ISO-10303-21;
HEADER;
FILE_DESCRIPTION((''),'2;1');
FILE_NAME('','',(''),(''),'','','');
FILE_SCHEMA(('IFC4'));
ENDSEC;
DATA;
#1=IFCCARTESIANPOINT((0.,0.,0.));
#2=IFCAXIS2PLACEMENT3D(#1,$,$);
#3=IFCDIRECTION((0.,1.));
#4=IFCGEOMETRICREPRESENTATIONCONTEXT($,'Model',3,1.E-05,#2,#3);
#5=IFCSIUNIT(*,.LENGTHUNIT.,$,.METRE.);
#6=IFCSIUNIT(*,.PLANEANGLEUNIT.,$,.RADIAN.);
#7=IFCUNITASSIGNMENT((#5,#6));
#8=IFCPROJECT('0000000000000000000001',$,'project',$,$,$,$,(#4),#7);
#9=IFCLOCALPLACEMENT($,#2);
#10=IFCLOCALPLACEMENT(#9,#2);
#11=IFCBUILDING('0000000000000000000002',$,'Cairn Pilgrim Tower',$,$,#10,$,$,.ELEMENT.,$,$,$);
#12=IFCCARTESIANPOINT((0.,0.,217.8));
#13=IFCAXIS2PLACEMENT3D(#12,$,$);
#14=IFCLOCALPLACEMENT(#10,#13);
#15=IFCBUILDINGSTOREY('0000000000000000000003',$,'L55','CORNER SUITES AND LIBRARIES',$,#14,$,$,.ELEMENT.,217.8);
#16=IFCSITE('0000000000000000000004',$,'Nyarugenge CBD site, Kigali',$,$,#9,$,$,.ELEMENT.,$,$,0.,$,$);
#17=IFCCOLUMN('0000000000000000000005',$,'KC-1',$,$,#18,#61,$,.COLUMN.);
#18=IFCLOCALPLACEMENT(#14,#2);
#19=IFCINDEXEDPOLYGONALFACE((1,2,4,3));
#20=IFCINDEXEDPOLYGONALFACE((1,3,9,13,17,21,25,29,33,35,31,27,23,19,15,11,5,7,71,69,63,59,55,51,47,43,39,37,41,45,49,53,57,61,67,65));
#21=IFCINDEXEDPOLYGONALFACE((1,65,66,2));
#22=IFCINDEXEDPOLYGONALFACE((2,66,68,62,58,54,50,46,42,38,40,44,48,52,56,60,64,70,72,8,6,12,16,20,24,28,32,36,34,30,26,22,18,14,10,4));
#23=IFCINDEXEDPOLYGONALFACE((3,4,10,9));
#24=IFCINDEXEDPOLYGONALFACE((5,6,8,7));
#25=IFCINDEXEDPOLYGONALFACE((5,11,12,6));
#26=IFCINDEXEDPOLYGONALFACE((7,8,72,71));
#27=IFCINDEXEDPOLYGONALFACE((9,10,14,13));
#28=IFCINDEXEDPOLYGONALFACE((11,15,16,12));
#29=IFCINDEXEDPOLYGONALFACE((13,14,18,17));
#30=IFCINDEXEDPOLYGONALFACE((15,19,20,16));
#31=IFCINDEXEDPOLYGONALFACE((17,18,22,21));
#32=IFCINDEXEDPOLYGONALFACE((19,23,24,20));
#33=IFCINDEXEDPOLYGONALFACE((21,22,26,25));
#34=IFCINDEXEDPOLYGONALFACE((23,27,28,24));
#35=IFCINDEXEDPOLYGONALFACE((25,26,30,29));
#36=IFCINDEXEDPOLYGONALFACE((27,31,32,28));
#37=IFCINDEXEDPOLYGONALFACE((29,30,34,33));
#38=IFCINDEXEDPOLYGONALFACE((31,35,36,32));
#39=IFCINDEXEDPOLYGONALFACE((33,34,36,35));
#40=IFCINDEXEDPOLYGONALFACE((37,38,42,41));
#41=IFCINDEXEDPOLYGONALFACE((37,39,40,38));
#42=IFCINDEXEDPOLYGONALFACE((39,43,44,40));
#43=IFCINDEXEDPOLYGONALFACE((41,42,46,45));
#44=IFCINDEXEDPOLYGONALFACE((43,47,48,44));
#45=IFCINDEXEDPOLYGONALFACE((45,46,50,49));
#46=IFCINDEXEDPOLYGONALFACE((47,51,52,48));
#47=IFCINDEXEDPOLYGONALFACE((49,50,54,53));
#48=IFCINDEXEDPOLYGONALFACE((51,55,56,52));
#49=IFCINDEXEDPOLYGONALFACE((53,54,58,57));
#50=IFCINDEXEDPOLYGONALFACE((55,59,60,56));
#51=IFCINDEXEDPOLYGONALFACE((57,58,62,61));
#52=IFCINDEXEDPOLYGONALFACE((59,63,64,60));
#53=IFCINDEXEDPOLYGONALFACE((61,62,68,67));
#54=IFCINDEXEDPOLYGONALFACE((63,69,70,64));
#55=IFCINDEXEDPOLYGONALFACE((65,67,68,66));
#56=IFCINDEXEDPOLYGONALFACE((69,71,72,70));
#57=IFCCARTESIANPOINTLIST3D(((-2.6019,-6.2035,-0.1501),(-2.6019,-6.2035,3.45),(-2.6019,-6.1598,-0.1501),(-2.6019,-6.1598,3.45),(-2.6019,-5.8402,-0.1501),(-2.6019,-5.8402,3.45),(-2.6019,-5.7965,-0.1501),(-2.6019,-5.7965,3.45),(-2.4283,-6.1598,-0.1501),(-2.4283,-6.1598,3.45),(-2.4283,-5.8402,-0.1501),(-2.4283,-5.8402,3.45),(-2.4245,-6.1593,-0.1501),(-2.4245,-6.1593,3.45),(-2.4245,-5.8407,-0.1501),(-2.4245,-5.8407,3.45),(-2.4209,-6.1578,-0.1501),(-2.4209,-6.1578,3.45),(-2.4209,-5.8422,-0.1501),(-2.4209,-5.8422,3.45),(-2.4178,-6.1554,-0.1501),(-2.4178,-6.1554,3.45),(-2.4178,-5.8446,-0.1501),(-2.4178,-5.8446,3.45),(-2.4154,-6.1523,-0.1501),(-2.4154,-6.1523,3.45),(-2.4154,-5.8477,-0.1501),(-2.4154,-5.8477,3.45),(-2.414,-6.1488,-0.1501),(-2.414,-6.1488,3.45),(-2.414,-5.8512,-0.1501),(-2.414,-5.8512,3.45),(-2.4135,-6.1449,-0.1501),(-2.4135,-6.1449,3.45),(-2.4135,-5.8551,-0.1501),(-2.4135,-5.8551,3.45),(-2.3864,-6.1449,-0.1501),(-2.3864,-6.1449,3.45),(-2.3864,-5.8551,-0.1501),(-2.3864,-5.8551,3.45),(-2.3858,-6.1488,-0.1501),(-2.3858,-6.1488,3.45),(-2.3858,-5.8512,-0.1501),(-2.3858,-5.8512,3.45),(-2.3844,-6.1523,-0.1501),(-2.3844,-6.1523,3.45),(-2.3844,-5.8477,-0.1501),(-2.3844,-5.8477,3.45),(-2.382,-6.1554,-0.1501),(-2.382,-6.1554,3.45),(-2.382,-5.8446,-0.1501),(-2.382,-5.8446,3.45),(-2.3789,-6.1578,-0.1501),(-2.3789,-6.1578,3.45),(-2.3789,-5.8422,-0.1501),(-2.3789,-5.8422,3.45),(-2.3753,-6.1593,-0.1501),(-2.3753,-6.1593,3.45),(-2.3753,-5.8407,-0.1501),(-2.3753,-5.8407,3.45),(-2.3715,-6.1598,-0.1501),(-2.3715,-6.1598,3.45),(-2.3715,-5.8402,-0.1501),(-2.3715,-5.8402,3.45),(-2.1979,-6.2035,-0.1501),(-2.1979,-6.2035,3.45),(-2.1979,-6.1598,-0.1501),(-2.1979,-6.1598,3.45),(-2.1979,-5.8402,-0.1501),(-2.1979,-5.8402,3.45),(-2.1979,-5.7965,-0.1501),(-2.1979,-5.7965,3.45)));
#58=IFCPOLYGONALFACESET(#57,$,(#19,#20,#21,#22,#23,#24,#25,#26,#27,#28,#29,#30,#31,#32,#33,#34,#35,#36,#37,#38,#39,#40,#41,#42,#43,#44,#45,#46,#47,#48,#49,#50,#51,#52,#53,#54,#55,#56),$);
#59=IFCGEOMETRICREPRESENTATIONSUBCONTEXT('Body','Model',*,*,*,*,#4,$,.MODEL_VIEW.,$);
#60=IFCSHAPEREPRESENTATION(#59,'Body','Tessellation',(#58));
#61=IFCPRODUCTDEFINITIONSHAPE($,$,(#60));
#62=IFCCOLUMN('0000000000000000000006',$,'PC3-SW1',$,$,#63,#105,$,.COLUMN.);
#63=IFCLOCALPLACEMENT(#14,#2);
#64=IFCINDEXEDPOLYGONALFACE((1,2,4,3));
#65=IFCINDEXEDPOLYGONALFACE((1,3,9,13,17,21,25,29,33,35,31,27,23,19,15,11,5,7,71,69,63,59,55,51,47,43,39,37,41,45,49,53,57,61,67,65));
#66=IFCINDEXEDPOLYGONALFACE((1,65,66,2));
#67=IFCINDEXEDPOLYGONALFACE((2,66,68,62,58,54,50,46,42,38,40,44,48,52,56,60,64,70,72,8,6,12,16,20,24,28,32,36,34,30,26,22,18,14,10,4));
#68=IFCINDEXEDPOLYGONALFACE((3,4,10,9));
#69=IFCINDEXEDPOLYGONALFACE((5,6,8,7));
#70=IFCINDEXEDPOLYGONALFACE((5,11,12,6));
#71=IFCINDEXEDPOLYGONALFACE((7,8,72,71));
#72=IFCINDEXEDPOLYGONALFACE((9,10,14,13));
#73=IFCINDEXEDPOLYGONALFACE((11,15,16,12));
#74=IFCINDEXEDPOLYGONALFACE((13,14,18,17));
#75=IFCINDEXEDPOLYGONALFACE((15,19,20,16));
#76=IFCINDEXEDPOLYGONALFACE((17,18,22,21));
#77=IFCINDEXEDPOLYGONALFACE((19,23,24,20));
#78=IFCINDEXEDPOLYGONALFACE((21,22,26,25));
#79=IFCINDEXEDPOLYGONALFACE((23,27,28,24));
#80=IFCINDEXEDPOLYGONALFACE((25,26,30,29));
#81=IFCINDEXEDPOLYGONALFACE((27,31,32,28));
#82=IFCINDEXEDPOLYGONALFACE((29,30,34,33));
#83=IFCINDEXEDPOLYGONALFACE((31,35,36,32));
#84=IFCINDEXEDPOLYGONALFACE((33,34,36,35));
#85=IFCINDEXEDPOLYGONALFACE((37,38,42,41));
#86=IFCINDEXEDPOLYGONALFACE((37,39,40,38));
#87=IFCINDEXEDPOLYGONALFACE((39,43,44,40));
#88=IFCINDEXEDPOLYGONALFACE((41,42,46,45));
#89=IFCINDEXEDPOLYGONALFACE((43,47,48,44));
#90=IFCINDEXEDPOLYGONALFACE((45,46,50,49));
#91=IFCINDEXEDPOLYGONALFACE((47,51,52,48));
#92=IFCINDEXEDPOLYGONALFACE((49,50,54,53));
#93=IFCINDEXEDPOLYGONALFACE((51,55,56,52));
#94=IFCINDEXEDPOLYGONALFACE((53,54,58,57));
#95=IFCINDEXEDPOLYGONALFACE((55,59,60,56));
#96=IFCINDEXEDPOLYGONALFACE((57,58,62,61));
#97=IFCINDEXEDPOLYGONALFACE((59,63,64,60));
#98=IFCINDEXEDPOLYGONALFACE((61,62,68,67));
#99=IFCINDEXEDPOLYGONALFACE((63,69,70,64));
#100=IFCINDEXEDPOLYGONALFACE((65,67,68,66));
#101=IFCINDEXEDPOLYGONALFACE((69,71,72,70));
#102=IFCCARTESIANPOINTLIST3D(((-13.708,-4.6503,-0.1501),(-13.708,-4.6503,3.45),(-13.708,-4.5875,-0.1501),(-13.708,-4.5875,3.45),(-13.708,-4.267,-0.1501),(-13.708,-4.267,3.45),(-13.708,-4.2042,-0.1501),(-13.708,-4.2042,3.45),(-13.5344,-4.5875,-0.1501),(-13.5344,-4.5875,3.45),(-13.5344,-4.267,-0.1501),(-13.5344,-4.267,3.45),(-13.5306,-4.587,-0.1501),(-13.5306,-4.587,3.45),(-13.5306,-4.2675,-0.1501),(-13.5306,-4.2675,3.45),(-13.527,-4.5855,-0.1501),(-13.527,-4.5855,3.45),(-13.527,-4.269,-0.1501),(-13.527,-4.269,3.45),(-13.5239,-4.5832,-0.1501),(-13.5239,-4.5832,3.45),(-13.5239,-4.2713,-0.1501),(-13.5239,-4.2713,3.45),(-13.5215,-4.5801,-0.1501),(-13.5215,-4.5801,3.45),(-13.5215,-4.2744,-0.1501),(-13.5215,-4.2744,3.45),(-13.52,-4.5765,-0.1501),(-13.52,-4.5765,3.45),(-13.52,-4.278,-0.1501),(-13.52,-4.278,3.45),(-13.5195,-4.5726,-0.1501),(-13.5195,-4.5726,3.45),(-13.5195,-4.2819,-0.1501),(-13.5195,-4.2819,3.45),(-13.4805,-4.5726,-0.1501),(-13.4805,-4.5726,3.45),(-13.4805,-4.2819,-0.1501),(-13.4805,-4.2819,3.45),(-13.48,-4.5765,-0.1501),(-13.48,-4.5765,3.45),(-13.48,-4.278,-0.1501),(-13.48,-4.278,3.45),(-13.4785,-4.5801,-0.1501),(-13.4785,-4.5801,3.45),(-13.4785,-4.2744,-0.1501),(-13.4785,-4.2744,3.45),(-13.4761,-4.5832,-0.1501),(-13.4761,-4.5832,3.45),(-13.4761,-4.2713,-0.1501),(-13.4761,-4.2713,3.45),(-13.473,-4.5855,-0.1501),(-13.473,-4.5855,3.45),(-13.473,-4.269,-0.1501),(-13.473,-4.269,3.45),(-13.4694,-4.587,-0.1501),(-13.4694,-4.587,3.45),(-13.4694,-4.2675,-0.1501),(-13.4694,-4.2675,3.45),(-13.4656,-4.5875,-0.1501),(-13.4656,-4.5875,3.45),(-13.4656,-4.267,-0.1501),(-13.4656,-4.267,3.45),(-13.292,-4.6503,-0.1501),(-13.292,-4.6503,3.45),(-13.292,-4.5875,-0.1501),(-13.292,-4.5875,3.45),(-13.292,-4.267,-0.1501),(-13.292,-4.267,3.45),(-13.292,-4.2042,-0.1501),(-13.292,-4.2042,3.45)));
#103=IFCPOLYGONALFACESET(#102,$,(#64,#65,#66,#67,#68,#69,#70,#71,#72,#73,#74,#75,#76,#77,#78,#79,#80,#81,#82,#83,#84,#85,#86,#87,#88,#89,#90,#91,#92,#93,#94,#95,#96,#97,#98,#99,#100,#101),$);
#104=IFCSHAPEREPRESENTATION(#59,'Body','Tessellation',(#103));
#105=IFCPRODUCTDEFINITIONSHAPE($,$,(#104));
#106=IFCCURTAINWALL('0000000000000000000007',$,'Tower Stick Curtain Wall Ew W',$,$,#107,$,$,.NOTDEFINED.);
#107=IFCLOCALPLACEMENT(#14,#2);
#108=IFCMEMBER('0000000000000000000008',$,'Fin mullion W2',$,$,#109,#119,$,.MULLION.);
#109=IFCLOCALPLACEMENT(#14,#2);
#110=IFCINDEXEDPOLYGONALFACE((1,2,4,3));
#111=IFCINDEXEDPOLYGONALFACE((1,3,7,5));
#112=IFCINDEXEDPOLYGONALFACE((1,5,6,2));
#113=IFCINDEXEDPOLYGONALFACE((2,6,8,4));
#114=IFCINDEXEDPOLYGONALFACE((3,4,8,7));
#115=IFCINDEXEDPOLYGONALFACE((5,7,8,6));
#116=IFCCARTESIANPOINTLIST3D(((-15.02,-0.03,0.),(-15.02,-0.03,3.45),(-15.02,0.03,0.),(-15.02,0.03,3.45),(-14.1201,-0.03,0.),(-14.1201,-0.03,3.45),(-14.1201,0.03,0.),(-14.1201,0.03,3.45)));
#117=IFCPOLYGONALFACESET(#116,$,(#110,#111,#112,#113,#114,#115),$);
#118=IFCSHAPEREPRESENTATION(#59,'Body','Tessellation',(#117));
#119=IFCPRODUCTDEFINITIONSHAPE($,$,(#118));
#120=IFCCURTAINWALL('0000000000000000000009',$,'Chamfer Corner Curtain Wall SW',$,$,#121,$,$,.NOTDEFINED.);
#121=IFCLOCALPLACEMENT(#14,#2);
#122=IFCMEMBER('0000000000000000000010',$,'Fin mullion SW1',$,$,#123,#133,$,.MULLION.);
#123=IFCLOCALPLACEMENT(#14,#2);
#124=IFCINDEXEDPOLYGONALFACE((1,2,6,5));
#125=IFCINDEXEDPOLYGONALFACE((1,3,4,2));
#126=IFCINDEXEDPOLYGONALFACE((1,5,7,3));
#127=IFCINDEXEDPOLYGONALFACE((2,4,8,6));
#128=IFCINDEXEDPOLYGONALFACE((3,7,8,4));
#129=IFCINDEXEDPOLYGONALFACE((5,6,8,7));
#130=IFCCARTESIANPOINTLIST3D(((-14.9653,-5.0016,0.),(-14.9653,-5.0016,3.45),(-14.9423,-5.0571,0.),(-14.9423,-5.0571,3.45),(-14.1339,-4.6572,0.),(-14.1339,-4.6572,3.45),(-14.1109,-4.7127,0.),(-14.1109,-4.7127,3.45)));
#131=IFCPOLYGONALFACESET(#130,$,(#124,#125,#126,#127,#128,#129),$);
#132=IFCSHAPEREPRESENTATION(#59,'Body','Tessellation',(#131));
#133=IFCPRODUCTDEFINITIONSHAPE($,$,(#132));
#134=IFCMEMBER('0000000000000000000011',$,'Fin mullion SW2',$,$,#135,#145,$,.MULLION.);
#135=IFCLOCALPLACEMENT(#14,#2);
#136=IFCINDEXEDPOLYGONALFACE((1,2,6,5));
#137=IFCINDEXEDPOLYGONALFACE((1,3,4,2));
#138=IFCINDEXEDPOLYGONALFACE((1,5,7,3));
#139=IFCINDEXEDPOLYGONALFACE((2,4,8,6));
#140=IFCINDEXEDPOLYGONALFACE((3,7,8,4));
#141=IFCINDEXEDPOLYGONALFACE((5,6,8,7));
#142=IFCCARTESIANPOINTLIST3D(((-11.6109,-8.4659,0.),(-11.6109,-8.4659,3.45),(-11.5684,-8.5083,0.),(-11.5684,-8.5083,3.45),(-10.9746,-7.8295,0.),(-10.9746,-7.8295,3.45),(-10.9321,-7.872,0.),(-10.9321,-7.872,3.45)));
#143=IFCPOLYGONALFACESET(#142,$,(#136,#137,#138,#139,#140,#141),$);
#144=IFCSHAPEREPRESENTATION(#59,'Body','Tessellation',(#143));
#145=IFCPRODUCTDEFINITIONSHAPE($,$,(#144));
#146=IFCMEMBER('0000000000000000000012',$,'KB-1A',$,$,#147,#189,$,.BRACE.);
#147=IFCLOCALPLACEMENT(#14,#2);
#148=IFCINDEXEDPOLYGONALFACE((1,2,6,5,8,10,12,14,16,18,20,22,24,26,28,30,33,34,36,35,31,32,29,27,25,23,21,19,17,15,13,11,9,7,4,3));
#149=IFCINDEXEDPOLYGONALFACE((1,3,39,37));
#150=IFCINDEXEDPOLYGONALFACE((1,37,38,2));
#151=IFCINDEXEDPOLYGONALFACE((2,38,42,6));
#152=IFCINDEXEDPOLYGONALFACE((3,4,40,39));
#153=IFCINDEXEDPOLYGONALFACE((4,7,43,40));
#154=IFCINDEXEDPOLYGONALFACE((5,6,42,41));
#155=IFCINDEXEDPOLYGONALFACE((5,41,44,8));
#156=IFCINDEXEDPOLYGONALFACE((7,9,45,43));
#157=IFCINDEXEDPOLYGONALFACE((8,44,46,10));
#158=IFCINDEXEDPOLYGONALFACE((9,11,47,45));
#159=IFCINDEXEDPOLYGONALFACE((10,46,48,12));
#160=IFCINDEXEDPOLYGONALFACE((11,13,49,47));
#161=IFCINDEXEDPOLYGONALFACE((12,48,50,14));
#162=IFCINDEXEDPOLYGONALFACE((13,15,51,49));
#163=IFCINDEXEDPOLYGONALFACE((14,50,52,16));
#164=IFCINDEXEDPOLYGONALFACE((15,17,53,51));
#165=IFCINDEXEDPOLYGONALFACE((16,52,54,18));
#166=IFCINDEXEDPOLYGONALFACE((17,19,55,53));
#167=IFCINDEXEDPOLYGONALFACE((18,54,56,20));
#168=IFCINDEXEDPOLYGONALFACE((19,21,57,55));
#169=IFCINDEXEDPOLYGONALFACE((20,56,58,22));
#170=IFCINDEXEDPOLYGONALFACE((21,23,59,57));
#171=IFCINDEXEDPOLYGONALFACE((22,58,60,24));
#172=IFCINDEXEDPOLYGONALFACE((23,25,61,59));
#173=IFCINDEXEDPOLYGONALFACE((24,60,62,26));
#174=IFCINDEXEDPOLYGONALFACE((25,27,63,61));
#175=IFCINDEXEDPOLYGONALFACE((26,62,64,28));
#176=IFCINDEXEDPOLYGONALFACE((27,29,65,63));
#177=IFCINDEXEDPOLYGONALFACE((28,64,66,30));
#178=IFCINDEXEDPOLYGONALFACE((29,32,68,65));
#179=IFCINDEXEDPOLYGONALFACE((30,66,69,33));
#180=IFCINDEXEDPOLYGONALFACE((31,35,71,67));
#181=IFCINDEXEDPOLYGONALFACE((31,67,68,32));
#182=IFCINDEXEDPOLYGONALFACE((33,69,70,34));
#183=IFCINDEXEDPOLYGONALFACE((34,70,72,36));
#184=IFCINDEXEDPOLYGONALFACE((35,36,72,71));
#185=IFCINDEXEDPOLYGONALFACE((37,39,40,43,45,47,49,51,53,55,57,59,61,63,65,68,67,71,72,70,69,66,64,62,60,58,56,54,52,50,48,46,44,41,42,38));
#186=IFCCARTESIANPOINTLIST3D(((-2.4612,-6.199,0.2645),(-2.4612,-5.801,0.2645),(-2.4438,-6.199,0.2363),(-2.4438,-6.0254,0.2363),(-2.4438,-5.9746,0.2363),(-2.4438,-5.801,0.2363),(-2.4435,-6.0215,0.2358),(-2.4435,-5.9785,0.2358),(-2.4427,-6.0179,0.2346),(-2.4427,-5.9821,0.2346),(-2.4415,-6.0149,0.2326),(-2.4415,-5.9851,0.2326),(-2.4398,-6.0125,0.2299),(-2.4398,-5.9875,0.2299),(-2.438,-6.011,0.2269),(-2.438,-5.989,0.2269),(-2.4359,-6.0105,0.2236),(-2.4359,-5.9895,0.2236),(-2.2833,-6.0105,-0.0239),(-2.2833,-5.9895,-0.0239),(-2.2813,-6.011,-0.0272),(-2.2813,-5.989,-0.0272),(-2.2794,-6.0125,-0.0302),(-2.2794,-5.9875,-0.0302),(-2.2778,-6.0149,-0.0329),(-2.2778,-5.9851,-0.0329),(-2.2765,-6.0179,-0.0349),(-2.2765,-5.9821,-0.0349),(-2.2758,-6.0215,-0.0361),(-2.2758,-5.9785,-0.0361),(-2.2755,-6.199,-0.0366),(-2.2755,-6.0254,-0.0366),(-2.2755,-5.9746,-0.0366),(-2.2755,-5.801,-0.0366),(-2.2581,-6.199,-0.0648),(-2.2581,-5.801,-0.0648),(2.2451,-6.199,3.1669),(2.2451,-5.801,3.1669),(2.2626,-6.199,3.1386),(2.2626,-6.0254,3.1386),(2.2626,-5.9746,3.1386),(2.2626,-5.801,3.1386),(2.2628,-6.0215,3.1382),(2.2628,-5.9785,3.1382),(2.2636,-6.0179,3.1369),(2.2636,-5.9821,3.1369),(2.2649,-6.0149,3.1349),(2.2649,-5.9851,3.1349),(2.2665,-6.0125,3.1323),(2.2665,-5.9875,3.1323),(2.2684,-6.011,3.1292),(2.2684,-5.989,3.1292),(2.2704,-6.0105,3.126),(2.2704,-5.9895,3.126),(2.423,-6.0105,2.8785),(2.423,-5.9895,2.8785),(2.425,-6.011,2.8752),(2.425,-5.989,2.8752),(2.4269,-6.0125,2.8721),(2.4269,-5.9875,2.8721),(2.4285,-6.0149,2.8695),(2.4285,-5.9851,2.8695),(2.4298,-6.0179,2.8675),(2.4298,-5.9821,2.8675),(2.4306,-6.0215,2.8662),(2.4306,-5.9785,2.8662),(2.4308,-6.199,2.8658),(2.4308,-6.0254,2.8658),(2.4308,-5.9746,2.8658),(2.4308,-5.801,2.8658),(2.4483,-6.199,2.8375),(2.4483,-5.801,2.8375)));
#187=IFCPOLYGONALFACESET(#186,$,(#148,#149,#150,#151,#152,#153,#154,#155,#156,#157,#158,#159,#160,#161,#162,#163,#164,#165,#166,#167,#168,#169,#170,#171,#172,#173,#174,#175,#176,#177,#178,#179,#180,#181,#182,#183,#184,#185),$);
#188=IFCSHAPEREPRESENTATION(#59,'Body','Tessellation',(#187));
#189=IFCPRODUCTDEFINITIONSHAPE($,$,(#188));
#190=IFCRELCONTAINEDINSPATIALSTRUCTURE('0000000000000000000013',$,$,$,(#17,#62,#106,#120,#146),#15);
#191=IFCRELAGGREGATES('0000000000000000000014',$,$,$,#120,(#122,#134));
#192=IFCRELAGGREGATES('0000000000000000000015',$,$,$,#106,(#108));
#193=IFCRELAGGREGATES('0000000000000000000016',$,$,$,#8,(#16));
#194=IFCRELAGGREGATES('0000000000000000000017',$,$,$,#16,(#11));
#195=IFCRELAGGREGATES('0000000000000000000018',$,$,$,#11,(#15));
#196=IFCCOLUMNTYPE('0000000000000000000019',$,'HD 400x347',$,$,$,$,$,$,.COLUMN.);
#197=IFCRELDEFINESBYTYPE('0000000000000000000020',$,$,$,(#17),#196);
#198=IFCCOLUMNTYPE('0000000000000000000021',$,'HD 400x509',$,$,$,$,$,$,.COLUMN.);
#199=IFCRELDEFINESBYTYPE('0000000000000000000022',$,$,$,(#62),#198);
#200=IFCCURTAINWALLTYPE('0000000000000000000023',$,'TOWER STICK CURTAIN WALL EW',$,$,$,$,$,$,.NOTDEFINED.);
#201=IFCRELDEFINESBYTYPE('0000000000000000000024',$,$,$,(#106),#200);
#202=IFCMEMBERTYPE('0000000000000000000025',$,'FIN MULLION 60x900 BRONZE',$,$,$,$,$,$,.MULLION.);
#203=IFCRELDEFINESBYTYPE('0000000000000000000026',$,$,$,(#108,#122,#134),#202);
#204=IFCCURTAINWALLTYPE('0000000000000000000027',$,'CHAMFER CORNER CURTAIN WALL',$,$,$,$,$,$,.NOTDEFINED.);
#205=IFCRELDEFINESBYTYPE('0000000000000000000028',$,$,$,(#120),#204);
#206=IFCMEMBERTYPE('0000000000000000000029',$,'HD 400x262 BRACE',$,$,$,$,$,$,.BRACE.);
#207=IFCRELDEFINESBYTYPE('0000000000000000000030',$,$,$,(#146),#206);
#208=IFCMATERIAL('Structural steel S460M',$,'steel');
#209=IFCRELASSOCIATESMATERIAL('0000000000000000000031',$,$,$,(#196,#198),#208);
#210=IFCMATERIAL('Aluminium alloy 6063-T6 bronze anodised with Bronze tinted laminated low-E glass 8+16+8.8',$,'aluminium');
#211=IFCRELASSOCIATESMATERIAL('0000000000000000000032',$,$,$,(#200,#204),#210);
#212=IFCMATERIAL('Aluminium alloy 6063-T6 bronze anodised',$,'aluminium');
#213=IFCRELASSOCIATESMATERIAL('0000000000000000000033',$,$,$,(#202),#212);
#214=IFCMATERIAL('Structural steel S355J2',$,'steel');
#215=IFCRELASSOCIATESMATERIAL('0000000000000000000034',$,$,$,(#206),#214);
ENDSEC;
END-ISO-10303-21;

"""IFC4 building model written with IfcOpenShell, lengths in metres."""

from ifc_helpers import new_model, si_unit, direction, frame, origin, origin_2d, place, context, subcontext, project, spatial, rectangle, i_section, extrude, material, material_profile, profile_set, type_object, element, aggregate, save


model = new_model("IFC4")

# Units and contexts
model_context = context("Model", 3, precision=1e-05, world=origin(), true_north=direction((0.0, 1.0)))
body_context = subcontext(model_context, "Body", "Model", "MODEL_VIEW")
ifc_project = project(units=[si_unit("LENGTHUNIT", "METRE"), si_unit("PLANEANGLEUNIT", "RADIAN")], contexts=[model_context])

# Site, building, storey
site_placement = place(None, origin())
site = spatial("IfcSite", under=ifc_project, at=site_placement, Name="Nyarugenge CBD site, Kigali", CompositionType="ELEMENT", RefElevation=0.0)
building_placement = place(site_placement, origin())
building = spatial("IfcBuilding", under=site, at=building_placement, Name="Cairn Pilgrim Tower", CompositionType="ELEMENT")
storey_placement = place(building_placement, frame((0.0, 0.0, 217.8)))
storey = spatial("IfcBuildingStorey", under=building, at=storey_placement, Name="L55", Description="CORNER SUITES AND LIBRARIES", CompositionType="ELEMENT", Elevation=217.8)

# Columns
ifc_material_1 = material(Name="Structural steel S460M", Category="steel")
ifc_material_profile_1 = material_profile(ifc_material_1, i_section(OverallWidth=0.4041, OverallDepth=0.407, WebThickness=0.0271, FlangeThickness=0.0437, FilletRadius=0.0149, at=origin_2d()), Name="HD 400x347")
ifc_profile_set_1 = profile_set([ifc_material_profile_1], Name="Structural steel S460M")
column_type_1 = type_object("IfcColumnType", Name="HD 400x347", PredefinedType="COLUMN", material=ifc_profile_set_1)
column_1_placement = place(storey_placement, frame((-2.3999, -6.0, -0.1501), z_axis=(0.0, 0.0, 1.0), x_axis=(1.0, 0.0, 0.0)))
element("IfcColumn", 1, at=column_1_placement, inside=storey, type_object=column_type_1, Name="KC-1", PredefinedType="COLUMN", context=body_context, shape_type="SweptSolid", body=[
    extrude(i_section(OverallWidth=0.4041, OverallDepth=0.407, WebThickness=0.0271, FlangeThickness=0.0437, FilletRadius=0.0149, at=origin_2d()), origin(), (0.0, 0.0, 1.0), 3.6001),
])
ifc_material_profile_2 = material_profile(ifc_material_1, i_section(OverallWidth=0.416, OverallDepth=0.446, WebThickness=0.0391, FlangeThickness=0.0627, FilletRadius=0.0149, at=origin_2d()), Name="HD 400x509")
ifc_profile_set_2 = profile_set([ifc_material_profile_2], Name="Structural steel S460M")
column_type_2 = type_object("IfcColumnType", Name="HD 400x509", PredefinedType="COLUMN", material=ifc_profile_set_2)
column_2_placement = place(storey_placement, frame((-13.5, -4.4272, -0.1501), z_axis=(0.0, 0.0, 1.0), x_axis=(1.0, 0.0, 0.0)))
element("IfcColumn", 2, at=column_2_placement, inside=storey, type_object=column_type_2, Name="PC3-SW1", PredefinedType="COLUMN", context=body_context, shape_type="SweptSolid", body=[
    extrude(i_section(OverallWidth=0.416, OverallDepth=0.446, WebThickness=0.0391, FlangeThickness=0.0627, FilletRadius=0.0149, at=origin_2d()), origin(), (0.0, 0.0, 1.0), 3.6001),
])

# Curtain wall, member
ifc_material_2 = material(Name="Aluminium alloy 6063-T6 bronze anodised with Bronze tinted laminated low-E glass 8+16+8.8", Category="aluminium")
curtain_wall_type_1 = type_object("IfcCurtainWallType", Name="TOWER STICK CURTAIN WALL EW", PredefinedType="NOTDEFINED", material=ifc_material_2)
curtain_wall_1_placement = place(storey_placement, origin())
curtain_wall_1 = element("IfcCurtainWall", 3, at=curtain_wall_1_placement, inside=storey, type_object=curtain_wall_type_1, Name="Tower Stick Curtain Wall Ew W", PredefinedType="NOTDEFINED")
ifc_material_3 = material(Name="Aluminium alloy 6063-T6 bronze anodised", Category="aluminium")
ifc_material_profile_3 = material_profile(ifc_material_3, rectangle(XDim=0.8999, YDim=0.0601, at=origin_2d()), Name="FIN MULLION 60x900 BRONZE")
ifc_profile_set_3 = profile_set([ifc_material_profile_3], Name="Aluminium alloy 6063-T6 bronze anodised")
member_type_1 = type_object("IfcMemberType", Name="FIN MULLION 60x900 BRONZE", PredefinedType="MULLION", material=ifc_profile_set_3)
member_1_placement = place(storey_placement, frame((-14.5701, 0.0, 0.0), z_axis=(0.0, 0.0, 1.0), x_axis=(-1.0, 0.0, 0.0)))
member_1 = element("IfcMember", 4, at=member_1_placement, type_object=member_type_1, Name="Fin mullion W2", PredefinedType="MULLION", context=body_context, shape_type="SweptSolid", body=[
    extrude(rectangle(XDim=0.8999, YDim=0.0601, at=origin_2d()), origin(), (0.0, 0.0, 1.0), 3.45),
])

# Curtain wall, members
curtain_wall_type_2 = type_object("IfcCurtainWallType", Name="CHAMFER CORNER CURTAIN WALL", PredefinedType="NOTDEFINED", material=ifc_material_2)
curtain_wall_2_placement = place(storey_placement, origin())
curtain_wall_2 = element("IfcCurtainWall", 5, at=curtain_wall_2_placement, inside=storey, type_object=curtain_wall_type_2, Name="Chamfer Corner Curtain Wall SW", PredefinedType="NOTDEFINED")
member_2_placement = place(storey_placement, frame((-14.5381, -4.8572, 0.0), z_axis=(0.0, 0.0, 1.0), x_axis=(-0.92388, -0.382683, 0.0)))
member_2 = element("IfcMember", 6, at=member_2_placement, type_object=member_type_1, Name="Fin mullion SW1", PredefinedType="MULLION", context=body_context, shape_type="SweptSolid", body=[
    extrude(rectangle(XDim=0.8999, YDim=0.0601, at=origin_2d()), origin(), (0.0, 0.0, 1.0), 3.45),
])
member_3_placement = place(storey_placement, frame((-11.2715, -8.1689, 0.0), z_axis=(0.0, 0.0, 1.0), x_axis=(-0.707107, -0.707107, 0.0)))
member_3 = element("IfcMember", 7, at=member_3_placement, type_object=member_type_1, Name="Fin mullion SW2", PredefinedType="MULLION", context=body_context, shape_type="SweptSolid", body=[
    extrude(rectangle(XDim=0.8999, YDim=0.0601, at=origin_2d()), origin(), (0.0, 0.0, 1.0), 3.45),
])

# Member
ifc_material_4 = material(Name="Structural steel S355J2", Category="steel")
ifc_material_profile_4 = material_profile(ifc_material_4, i_section(OverallWidth=0.3979, OverallDepth=0.387, WebThickness=0.021, FlangeThickness=0.0332, FilletRadius=0.0149, at=origin_2d()), Name="HD 400x262")
ifc_profile_set_4 = profile_set([ifc_material_profile_4], Name="Structural steel S355J2")
member_type_2 = type_object("IfcMemberType", Name="HD 400x262 BRACE", PredefinedType="BRACE", material=ifc_profile_set_4)
member_4_placement = place(storey_placement, frame((-2.3596, -6.0, 0.0999), z_axis=(0.851161, 0.0, 0.524905), x_axis=(0.0, 1.0, 0.0)))
element("IfcMember", 8, at=member_4_placement, inside=storey, type_object=member_type_2, Name="KB-1A", PredefinedType="BRACE", context=body_context, shape_type="SweptSolid", body=[
    extrude(i_section(OverallWidth=0.3979, OverallDepth=0.387, WebThickness=0.021, FlangeThickness=0.0332, FilletRadius=0.0149, at=origin_2d()), origin(), (0.0, 0.0, 1.0), 5.5293),
])

aggregate(curtain_wall_2, [member_2, member_3])
aggregate(curtain_wall_1, [member_1])

save(model, "model.ifc")
